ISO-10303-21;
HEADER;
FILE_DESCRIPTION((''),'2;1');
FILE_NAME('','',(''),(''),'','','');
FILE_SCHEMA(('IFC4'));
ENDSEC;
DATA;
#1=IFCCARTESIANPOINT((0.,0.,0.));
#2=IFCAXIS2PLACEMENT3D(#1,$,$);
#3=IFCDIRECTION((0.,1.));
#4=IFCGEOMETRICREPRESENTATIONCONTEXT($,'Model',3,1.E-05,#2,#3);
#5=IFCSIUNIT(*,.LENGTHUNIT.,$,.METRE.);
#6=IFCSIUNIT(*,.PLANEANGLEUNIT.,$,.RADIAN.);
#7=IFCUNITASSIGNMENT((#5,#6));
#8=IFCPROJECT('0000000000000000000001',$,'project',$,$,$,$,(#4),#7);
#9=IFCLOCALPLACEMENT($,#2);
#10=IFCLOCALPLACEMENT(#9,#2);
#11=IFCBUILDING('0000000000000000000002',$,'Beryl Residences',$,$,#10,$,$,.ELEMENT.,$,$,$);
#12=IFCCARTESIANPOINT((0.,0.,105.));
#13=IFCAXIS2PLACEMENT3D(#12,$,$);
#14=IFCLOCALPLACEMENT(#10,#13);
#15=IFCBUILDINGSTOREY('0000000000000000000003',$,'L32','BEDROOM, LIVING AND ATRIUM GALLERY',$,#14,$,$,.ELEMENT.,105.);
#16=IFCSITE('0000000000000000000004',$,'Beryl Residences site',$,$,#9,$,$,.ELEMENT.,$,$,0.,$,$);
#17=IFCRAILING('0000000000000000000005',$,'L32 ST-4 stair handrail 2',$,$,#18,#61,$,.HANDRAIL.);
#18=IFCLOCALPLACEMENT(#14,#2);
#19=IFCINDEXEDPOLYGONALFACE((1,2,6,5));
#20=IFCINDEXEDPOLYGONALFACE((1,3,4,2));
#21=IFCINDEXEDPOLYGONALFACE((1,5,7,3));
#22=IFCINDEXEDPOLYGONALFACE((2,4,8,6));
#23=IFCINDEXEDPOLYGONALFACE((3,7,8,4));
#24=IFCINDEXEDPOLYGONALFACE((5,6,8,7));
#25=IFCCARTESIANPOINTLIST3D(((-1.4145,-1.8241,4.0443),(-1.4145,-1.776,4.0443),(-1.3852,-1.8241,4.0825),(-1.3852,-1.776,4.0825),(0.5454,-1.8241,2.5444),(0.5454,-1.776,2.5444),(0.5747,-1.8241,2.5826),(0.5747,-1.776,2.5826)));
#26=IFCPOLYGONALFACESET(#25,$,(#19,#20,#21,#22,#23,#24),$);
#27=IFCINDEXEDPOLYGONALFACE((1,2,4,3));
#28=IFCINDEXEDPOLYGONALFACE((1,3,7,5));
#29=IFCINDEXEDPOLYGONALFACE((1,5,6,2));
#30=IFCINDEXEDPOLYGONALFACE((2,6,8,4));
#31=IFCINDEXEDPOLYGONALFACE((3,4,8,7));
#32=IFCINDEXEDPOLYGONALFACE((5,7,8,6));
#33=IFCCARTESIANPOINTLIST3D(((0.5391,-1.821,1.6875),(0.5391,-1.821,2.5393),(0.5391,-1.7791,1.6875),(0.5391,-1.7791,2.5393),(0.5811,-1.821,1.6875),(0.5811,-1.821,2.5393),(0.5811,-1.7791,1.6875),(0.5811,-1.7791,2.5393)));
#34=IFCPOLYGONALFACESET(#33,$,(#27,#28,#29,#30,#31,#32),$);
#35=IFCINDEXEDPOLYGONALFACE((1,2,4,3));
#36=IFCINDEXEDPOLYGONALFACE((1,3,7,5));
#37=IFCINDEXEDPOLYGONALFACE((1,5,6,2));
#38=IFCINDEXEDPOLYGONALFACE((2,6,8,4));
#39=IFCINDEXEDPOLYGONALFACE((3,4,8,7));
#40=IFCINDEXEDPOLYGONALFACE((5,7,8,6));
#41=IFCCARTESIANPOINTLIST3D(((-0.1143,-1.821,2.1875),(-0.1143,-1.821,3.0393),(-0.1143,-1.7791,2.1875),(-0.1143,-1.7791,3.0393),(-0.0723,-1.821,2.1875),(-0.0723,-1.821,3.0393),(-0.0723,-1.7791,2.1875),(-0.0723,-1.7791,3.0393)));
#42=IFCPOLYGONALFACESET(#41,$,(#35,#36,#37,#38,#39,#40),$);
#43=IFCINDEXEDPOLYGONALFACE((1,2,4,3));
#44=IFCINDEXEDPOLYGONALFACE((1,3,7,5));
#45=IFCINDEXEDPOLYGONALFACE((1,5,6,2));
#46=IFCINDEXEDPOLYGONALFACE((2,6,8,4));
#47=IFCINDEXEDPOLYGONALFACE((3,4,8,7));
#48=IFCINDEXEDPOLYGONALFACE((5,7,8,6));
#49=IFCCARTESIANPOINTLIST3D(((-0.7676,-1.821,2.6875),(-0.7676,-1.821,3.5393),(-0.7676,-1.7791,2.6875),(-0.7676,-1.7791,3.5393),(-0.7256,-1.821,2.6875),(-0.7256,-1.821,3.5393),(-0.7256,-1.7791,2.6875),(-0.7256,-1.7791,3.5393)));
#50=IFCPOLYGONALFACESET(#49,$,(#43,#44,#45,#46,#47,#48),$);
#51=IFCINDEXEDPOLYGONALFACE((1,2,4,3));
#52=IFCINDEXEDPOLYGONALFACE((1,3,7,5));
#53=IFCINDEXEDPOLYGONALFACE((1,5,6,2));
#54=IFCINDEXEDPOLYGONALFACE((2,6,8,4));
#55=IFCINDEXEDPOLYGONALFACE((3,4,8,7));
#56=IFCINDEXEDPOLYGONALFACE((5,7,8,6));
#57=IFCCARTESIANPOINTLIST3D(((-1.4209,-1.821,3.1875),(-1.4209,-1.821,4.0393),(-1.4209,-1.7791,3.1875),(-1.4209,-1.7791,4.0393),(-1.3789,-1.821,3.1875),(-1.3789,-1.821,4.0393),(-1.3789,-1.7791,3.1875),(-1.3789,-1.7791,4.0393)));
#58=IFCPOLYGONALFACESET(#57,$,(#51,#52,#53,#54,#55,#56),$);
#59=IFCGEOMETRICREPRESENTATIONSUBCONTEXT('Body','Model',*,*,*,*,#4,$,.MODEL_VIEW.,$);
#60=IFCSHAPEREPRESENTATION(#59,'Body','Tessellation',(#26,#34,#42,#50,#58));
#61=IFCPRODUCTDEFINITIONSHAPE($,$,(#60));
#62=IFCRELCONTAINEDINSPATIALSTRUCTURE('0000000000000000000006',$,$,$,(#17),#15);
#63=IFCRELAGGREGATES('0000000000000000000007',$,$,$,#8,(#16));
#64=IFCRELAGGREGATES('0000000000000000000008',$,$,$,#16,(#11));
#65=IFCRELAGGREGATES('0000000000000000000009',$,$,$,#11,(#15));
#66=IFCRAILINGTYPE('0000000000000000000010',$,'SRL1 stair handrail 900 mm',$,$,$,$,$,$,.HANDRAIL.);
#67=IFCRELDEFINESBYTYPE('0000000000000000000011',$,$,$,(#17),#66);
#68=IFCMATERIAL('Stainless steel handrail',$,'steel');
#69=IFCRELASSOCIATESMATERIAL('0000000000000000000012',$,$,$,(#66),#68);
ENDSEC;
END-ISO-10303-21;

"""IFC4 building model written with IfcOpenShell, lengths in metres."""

from ifc_helpers import new_model, si_unit, direction, frame, origin, origin_2d, place, context, subcontext, project, spatial, rectangle, extrude, material, type_object, element, save


model = new_model("IFC4")

# Units and contexts
model_context = context("Model", 3, precision=1e-05, world=origin(), true_north=direction((0.0, 1.0)))
body_context = subcontext(model_context, "Body", "Model", "MODEL_VIEW")
ifc_project = project(units=[si_unit("LENGTHUNIT", "METRE"), si_unit("PLANEANGLEUNIT", "RADIAN")], contexts=[model_context])

# Site, building, storey
site_placement = place(None, origin())
site = spatial("IfcSite", under=ifc_project, at=site_placement, Name="Beryl Residences site", CompositionType="ELEMENT", RefElevation=0.0)
building_placement = place(site_placement, origin())
building = spatial("IfcBuilding", under=site, at=building_placement, Name="Beryl Residences", CompositionType="ELEMENT")
storey_placement = place(building_placement, frame((0.0, 0.0, 105.0)))
storey = spatial("IfcBuildingStorey", under=building, at=storey_placement, Name="L32", Description="BEDROOM, LIVING AND ATRIUM GALLERY", CompositionType="ELEMENT", Elevation=105.0)

# Railing
ifc_material_1 = material(Name="Stainless steel handrail", Category="steel")
railing_type_1 = type_object("IfcRailingType", Name="SRL1 stair handrail 900 mm", PredefinedType="HANDRAIL", material=ifc_material_1)
railing_1_placement = place(storey_placement, frame((0.5601, -1.8, 1.6875)))
element("IfcRailing", 1, at=railing_1_placement, inside=storey, type_object=railing_type_1, Name="L32 ST-4 stair handrail 2", PredefinedType="HANDRAIL", context=body_context, shape_type="SweptSolid", body=[
    extrude(rectangle(XDim=0.0481, YDim=0.0481, at=origin_2d()), frame((0.0, 0.0, 0.876), z_axis=(-0.794122, 0.0, 0.607758), x_axis=(0.0, -1.0, 0.0)), (0.0, 0.0, 1.0), 2.468),
    extrude(rectangle(XDim=0.042, YDim=0.042, at=origin_2d()), origin(), (0.0, 0.0, 1.0), 0.8518),
    extrude(rectangle(XDim=0.042, YDim=0.042, at=origin_2d()), frame((-0.6533, 0.0, 0.5)), (0.0, 0.0, 1.0), 0.8518),
    extrude(rectangle(XDim=0.042, YDim=0.042, at=origin_2d()), frame((-1.3066, 0.0, 1.0)), (0.0, 0.0, 1.0), 0.8518),
    extrude(rectangle(XDim=0.042, YDim=0.042, at=origin_2d()), frame((-1.96, 0.0, 1.5)), (0.0, 0.0, 1.0), 0.8518),
])

save(model, "model.ifc")
